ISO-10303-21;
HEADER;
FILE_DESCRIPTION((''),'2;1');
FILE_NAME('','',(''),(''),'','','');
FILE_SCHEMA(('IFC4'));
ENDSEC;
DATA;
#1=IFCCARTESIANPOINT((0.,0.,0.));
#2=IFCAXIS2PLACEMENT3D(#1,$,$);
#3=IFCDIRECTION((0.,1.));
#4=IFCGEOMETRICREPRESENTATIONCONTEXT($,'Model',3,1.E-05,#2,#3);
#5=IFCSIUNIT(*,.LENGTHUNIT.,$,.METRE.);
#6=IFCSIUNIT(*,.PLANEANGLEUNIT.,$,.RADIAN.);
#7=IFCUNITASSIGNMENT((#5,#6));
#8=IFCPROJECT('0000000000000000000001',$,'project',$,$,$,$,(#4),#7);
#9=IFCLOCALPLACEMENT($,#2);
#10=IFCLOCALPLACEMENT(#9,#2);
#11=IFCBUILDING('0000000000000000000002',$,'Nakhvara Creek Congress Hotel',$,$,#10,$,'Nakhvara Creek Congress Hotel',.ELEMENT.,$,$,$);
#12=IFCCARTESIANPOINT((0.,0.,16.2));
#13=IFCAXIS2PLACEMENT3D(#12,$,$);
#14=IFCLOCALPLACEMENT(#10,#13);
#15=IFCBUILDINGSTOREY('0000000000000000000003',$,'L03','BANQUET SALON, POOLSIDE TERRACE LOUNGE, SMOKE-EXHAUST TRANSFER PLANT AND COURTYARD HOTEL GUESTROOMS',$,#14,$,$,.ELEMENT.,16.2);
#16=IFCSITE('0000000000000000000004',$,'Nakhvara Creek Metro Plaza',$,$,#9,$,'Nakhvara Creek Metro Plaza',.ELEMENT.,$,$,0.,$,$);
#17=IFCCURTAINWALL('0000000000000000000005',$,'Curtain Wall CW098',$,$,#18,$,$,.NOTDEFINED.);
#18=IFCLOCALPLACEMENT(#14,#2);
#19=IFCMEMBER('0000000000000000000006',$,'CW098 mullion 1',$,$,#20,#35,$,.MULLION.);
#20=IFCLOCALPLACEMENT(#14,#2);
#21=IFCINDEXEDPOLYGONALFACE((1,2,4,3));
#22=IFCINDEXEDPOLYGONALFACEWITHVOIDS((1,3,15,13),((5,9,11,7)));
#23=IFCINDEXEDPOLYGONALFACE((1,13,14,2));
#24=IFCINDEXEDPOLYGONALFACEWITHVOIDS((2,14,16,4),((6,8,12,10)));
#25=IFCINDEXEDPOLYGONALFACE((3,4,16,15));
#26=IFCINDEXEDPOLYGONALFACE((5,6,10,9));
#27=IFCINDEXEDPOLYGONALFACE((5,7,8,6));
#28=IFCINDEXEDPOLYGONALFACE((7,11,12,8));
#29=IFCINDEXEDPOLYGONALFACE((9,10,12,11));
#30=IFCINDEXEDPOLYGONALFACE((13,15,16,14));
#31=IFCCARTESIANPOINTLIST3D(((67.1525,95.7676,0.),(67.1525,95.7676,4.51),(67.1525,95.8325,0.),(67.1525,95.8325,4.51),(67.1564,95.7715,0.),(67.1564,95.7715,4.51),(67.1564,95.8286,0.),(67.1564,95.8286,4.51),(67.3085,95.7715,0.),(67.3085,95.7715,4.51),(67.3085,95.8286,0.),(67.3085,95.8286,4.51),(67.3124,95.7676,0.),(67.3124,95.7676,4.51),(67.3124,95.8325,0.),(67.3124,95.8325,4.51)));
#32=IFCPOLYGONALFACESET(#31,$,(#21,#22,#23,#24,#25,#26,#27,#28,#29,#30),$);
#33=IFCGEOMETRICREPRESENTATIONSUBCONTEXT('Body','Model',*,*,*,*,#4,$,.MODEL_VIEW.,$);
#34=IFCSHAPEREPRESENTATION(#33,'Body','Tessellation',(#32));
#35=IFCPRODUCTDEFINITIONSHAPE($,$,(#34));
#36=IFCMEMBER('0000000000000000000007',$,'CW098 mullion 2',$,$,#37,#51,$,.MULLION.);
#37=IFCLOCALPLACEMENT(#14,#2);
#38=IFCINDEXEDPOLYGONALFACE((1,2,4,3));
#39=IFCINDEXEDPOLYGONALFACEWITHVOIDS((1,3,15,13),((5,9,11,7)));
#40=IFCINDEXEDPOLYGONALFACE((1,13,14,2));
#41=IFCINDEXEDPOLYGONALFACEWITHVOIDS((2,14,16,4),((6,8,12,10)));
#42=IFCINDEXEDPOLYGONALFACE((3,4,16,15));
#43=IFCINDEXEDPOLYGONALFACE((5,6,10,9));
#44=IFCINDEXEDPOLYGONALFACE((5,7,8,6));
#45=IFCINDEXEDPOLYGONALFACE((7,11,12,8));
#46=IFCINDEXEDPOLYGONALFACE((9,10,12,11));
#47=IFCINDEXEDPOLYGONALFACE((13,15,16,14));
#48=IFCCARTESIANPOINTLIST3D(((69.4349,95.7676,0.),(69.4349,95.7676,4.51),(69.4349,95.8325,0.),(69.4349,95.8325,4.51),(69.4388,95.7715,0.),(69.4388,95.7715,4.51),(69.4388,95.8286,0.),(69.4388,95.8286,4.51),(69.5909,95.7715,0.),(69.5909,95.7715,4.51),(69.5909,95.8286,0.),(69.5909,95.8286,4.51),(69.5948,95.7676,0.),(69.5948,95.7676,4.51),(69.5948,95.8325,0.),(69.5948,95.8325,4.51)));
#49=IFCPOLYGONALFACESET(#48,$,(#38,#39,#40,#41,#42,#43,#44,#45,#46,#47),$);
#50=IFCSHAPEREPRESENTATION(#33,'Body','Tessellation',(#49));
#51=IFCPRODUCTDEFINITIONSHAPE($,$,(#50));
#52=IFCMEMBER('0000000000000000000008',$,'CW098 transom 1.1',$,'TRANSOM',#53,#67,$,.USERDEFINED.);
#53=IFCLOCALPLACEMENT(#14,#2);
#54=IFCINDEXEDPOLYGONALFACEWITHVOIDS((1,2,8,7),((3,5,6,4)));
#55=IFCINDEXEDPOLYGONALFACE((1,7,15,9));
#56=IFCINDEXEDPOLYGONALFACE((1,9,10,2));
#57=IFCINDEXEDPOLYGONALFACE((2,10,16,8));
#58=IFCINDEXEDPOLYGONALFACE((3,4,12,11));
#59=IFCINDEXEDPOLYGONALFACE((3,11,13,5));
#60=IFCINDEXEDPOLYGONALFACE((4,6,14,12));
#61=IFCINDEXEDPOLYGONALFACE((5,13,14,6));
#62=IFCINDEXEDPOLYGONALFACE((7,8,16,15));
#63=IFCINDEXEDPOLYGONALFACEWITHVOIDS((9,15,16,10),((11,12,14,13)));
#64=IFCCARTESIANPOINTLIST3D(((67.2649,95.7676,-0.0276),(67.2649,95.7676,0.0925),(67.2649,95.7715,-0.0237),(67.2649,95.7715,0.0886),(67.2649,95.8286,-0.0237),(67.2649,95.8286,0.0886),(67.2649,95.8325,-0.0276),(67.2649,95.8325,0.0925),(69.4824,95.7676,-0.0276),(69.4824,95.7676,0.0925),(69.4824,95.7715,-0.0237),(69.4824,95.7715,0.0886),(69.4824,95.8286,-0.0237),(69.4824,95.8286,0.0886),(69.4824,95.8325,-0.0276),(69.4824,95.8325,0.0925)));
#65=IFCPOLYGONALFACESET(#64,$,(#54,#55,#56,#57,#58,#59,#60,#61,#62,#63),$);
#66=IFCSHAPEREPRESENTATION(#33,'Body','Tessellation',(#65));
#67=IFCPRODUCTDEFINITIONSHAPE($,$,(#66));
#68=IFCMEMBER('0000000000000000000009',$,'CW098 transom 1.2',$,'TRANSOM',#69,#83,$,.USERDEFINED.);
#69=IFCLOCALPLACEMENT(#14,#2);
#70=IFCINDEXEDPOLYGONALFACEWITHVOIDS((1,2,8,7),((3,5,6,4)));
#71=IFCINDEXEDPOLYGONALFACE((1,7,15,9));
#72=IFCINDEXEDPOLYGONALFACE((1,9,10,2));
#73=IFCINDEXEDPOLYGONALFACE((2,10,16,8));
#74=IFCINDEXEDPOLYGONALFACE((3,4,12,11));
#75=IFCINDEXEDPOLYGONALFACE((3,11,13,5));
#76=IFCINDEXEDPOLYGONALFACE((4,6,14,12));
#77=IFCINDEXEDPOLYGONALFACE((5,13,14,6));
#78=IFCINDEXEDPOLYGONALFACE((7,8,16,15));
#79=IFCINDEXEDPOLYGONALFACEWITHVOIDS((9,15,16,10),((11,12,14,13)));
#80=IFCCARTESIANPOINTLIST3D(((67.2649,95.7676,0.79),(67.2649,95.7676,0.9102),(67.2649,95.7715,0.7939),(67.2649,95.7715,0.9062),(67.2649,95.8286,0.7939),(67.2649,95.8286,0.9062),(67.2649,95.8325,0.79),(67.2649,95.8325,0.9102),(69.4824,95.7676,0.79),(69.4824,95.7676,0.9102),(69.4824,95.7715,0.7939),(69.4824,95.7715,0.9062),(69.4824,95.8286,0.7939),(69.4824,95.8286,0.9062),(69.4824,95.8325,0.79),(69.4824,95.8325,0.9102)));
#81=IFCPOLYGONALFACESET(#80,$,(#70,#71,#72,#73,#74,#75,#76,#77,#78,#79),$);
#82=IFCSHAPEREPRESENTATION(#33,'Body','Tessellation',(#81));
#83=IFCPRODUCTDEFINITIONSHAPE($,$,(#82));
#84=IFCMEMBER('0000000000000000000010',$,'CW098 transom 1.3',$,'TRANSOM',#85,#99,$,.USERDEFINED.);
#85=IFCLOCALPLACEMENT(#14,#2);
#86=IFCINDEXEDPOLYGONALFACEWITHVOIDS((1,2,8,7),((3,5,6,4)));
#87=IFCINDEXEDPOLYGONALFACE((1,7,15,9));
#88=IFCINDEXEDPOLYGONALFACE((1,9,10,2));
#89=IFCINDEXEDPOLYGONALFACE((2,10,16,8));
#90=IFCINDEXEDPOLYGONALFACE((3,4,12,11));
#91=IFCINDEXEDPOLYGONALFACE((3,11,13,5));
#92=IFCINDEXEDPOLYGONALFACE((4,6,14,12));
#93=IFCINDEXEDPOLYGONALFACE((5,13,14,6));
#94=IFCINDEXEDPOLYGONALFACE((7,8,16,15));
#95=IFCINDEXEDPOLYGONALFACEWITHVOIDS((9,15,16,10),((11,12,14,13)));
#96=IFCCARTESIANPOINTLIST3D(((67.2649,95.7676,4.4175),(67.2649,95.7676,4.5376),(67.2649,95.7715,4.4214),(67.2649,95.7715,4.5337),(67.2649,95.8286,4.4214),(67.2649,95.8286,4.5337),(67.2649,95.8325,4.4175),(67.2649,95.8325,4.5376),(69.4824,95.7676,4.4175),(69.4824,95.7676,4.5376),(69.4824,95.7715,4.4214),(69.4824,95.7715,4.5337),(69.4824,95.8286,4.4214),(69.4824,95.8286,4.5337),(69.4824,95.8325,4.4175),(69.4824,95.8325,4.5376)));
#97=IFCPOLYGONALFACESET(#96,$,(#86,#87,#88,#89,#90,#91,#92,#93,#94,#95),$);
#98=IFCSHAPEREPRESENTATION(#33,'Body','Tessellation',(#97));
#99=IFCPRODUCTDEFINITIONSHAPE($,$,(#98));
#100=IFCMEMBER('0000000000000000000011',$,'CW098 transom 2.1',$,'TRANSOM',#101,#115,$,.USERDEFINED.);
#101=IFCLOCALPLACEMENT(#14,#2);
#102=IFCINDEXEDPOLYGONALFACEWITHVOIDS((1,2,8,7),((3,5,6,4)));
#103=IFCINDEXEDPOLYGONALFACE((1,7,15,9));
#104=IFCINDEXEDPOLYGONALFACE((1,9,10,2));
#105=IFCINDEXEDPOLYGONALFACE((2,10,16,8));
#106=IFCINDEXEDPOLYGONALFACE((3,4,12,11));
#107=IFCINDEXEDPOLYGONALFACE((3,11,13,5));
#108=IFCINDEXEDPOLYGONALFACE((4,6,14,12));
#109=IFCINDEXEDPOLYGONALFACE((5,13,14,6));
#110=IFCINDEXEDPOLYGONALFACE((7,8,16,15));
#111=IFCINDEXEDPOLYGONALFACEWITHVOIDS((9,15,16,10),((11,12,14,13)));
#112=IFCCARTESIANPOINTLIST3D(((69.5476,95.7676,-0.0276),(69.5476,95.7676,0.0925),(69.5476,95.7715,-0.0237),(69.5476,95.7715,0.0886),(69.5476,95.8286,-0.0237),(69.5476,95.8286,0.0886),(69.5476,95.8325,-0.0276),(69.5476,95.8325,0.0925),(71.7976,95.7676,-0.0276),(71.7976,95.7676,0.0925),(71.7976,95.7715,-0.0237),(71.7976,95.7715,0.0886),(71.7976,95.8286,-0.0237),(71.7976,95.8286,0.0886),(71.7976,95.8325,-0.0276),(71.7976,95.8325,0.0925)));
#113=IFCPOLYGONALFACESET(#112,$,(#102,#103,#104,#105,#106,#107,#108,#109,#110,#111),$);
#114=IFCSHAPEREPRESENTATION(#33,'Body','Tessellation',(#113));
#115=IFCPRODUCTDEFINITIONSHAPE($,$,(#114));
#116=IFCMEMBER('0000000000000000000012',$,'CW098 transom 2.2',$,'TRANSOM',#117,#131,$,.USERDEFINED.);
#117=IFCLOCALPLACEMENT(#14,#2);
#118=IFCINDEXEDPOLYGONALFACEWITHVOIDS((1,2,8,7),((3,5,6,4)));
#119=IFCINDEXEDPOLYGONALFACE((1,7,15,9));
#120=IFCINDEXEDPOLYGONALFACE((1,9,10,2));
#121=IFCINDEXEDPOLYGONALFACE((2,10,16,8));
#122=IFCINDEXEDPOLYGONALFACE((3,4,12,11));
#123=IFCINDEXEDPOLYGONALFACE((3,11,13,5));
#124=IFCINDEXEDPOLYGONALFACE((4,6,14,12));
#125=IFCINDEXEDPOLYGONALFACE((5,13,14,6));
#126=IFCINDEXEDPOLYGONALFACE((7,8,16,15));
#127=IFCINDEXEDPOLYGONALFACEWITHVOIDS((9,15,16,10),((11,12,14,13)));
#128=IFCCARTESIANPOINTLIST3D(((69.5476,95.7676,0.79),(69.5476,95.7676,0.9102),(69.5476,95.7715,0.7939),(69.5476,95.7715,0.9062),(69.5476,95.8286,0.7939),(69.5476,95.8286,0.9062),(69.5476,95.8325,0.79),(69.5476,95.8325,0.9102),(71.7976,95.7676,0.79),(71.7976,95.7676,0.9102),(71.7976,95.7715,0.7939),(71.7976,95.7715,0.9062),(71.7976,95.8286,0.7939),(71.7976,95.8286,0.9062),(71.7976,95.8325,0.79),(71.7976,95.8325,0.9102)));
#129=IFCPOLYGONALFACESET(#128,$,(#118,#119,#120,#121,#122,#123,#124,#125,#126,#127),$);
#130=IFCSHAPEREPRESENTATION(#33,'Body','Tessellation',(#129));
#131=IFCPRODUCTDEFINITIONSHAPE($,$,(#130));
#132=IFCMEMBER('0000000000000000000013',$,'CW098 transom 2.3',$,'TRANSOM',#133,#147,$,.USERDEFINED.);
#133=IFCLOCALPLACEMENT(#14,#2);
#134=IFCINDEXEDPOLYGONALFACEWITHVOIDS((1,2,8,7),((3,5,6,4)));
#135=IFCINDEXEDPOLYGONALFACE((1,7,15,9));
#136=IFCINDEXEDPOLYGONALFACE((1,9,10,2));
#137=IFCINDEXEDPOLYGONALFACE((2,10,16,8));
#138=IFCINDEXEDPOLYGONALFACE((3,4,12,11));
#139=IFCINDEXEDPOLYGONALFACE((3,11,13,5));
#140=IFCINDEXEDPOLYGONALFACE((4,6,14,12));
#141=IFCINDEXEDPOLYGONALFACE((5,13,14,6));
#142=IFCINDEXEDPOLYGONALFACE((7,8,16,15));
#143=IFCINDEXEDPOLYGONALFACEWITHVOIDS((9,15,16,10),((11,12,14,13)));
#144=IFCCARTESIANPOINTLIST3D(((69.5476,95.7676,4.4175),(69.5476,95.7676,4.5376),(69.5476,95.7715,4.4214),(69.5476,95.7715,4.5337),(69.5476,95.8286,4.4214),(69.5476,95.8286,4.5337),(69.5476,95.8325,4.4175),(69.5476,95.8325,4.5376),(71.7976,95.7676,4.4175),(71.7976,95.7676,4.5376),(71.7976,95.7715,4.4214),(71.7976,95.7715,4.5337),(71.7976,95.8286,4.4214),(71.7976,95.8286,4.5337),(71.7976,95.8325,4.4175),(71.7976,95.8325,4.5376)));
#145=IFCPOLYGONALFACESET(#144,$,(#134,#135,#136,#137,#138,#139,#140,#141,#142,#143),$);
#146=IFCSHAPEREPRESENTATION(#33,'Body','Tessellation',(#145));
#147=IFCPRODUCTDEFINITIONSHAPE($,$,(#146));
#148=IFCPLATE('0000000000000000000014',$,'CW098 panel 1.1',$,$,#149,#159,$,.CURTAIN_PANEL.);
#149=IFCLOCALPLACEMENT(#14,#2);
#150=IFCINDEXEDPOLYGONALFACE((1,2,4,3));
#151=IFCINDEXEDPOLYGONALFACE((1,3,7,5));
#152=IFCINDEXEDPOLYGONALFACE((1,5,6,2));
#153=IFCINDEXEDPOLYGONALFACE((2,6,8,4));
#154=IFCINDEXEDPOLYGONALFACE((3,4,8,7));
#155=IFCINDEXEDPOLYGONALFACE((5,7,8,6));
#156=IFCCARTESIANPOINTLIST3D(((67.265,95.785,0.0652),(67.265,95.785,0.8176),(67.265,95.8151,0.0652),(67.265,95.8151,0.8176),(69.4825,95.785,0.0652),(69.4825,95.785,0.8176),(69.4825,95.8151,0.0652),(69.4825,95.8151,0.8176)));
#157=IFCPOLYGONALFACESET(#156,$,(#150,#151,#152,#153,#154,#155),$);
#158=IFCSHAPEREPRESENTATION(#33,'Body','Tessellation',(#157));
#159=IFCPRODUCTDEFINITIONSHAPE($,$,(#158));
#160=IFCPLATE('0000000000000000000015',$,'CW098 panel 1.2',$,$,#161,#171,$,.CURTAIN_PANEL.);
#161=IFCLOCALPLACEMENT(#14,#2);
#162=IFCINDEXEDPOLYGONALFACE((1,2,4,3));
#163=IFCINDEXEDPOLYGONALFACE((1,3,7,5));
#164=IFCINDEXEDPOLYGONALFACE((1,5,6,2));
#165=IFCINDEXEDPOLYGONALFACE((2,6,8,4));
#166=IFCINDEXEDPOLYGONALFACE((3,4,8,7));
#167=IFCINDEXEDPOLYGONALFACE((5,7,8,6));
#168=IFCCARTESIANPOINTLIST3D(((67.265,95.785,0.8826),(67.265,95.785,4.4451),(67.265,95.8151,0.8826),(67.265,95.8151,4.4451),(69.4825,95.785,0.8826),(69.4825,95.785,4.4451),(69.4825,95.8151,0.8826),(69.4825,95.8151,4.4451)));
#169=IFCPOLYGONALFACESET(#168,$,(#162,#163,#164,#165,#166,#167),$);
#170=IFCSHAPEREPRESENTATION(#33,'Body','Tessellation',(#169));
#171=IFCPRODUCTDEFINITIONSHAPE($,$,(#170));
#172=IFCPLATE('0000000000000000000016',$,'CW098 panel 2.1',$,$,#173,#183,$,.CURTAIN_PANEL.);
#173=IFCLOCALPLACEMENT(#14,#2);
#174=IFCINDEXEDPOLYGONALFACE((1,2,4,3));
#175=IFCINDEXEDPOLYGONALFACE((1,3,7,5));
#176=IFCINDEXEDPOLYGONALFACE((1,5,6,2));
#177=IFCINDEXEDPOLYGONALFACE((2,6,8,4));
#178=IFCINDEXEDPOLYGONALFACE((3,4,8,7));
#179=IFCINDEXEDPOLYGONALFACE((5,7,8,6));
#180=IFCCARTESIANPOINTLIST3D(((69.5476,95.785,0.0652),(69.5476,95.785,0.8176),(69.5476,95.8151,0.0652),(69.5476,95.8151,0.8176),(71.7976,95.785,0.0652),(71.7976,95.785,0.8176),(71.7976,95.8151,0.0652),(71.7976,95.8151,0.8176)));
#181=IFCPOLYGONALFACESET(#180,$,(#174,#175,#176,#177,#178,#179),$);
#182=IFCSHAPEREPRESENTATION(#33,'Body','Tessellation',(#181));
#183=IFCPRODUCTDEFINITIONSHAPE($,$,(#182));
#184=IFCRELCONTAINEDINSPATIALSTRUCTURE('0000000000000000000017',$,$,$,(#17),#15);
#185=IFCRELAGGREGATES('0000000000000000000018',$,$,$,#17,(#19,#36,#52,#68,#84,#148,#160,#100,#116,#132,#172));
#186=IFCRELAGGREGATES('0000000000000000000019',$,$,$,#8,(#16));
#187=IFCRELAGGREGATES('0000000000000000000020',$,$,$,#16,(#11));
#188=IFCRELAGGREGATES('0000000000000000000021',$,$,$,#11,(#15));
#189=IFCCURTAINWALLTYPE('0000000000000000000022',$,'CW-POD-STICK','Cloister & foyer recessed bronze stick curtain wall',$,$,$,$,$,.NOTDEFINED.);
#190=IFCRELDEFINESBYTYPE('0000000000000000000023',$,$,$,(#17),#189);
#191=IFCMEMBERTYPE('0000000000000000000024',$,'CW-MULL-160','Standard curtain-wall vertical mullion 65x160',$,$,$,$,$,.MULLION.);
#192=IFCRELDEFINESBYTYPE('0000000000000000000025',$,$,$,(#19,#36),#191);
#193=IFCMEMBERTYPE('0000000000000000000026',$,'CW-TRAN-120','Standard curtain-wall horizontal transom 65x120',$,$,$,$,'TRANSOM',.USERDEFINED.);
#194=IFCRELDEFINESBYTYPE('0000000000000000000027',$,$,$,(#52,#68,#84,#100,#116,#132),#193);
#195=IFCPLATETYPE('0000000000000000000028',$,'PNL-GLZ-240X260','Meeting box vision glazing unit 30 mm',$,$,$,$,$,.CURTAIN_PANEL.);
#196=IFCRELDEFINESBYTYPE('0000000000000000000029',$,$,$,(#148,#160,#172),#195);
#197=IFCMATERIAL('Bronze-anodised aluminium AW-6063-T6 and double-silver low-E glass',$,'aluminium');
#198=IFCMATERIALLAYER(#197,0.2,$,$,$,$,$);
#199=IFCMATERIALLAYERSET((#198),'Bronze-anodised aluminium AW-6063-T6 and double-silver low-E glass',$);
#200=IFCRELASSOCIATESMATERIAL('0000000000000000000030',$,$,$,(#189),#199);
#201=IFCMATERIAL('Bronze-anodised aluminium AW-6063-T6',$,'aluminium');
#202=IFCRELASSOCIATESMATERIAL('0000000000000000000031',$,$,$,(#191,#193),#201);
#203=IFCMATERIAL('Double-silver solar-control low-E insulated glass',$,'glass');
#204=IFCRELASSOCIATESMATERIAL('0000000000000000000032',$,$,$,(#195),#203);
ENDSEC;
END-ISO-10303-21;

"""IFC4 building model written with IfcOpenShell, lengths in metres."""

from ifc_helpers import new_model, si_unit, direction, frame, origin, origin_2d, place, context, subcontext, project, spatial, rectangle, hollow_rectangle, extrude, material, layer, layer_set, material_profile, profile_set, type_object, element, aggregate, save


model = new_model("IFC4")

# Units and contexts
model_context = context("Model", 3, precision=1e-05, world=origin(), true_north=direction((0.0, 1.0)))
body_context = subcontext(model_context, "Body", "Model", "MODEL_VIEW")
ifc_project = project(units=[si_unit("LENGTHUNIT", "METRE"), si_unit("PLANEANGLEUNIT", "RADIAN")], contexts=[model_context])

# Site, building, storey
site_placement = place(None, origin())
site = spatial("IfcSite", under=ifc_project, at=site_placement, Name="Nakhvara Creek Metro Plaza", LongName="Nakhvara Creek Metro Plaza", CompositionType="ELEMENT", RefElevation=0.0)
building_placement = place(site_placement, origin())
building = spatial("IfcBuilding", under=site, at=building_placement, Name="Nakhvara Creek Congress Hotel", LongName="Nakhvara Creek Congress Hotel", CompositionType="ELEMENT")
storey_placement = place(building_placement, frame((0.0, 0.0, 16.2)))
storey = spatial("IfcBuildingStorey", under=building, at=storey_placement, Name="L03", Description="BANQUET SALON, POOLSIDE TERRACE LOUNGE, SMOKE-EXHAUST TRANSFER PLANT AND COURTYARD HOTEL GUESTROOMS", CompositionType="ELEMENT", Elevation=16.2)

# Curtain wall, members, plates
ifc_material_1 = material(Name="Bronze-anodised aluminium AW-6063-T6 and double-silver low-E glass", Category="aluminium")
ifc_layer_1 = layer(ifc_material_1, 0.2)
ifc_layer_set_1 = layer_set([ifc_layer_1], Name="Bronze-anodised aluminium AW-6063-T6 and double-silver low-E glass")
curtain_wall_type = type_object("IfcCurtainWallType", Name="CW-POD-STICK", Description="Cloister & foyer recessed bronze stick curtain wall", PredefinedType="NOTDEFINED", material=ifc_layer_set_1)
curtain_wall_placement = place(storey_placement, origin())
curtain_wall = element("IfcCurtainWall", 1, at=curtain_wall_placement, inside=storey, type_object=curtain_wall_type, Name="Curtain Wall CW098", PredefinedType="NOTDEFINED")
ifc_material_2 = material(Name="Bronze-anodised aluminium AW-6063-T6", Category="aluminium")
ifc_material_profile_1 = material_profile(ifc_material_2, hollow_rectangle(XDim=0.0649, YDim=0.1599, WallThickness=0.0039, at=origin_2d()), Name="ALU-MULL 65x160x4", Category="LoadBearing")
ifc_profile_set_1 = profile_set([ifc_material_profile_1], Name="Bronze-anodised aluminium AW-6063-T6")
member_type_1 = type_object("IfcMemberType", Name="CW-MULL-160", Description="Standard curtain-wall vertical mullion 65x160", PredefinedType="MULLION", material=ifc_profile_set_1)
member_1_placement = place(storey_placement, frame((67.2324, 95.8, 0.0), z_axis=(0.0, 0.0, 1.0), x_axis=(0.0, 1.0, 0.0)))
member_1 = element("IfcMember", 2, at=member_1_placement, type_object=member_type_1, Name="CW098 mullion 1", PredefinedType="MULLION", context=body_context, shape_type="SweptSolid", body=[
    extrude(hollow_rectangle(XDim=0.0649, YDim=0.1599, WallThickness=0.0039, at=origin_2d()), origin(), (0.0, 0.0, 1.0), 4.51),
])
member_2_placement = place(storey_placement, frame((69.5149, 95.8, 0.0), z_axis=(0.0, 0.0, 1.0), x_axis=(0.0, 1.0, 0.0)))
member_2 = element("IfcMember", 3, at=member_2_placement, type_object=member_type_1, Name="CW098 mullion 2", PredefinedType="MULLION", context=body_context, shape_type="SweptSolid", body=[
    extrude(hollow_rectangle(XDim=0.0649, YDim=0.1599, WallThickness=0.0039, at=origin_2d()), origin(), (0.0, 0.0, 1.0), 4.51),
])
ifc_material_profile_2 = material_profile(ifc_material_2, hollow_rectangle(XDim=0.0649, YDim=0.1201, WallThickness=0.0039, at=origin_2d()), Name="ALU-TRAN 65x120x4", Category="LoadBearing")
ifc_profile_set_2 = profile_set([ifc_material_profile_2], Name="Bronze-anodised aluminium AW-6063-T6")
member_type_2 = type_object("IfcMemberType", Name="CW-TRAN-120", Description="Standard curtain-wall horizontal transom 65x120", ElementType="TRANSOM", PredefinedType="USERDEFINED", material=ifc_profile_set_2)
member_3_placement = place(storey_placement, frame((67.2649, 95.8, 0.0325), z_axis=(1.0, 0.0, 0.0), x_axis=(0.0, 1.0, 0.0)))
member_3 = element("IfcMember", 4, at=member_3_placement, type_object=member_type_2, Name="CW098 transom 1.1", ObjectType="TRANSOM", PredefinedType="USERDEFINED", context=body_context, shape_type="SweptSolid", body=[
    extrude(hollow_rectangle(XDim=0.0649, YDim=0.1201, WallThickness=0.0039, at=origin_2d()), origin(), (0.0, 0.0, 1.0), 2.2175),
])
member_4_placement = place(storey_placement, frame((67.2649, 95.8, 0.8501), z_axis=(1.0, 0.0, 0.0), x_axis=(0.0, 1.0, 0.0)))
member_4 = element("IfcMember", 5, at=member_4_placement, type_object=member_type_2, Name="CW098 transom 1.2", ObjectType="TRANSOM", PredefinedType="USERDEFINED", context=body_context, shape_type="SweptSolid", body=[
    extrude(hollow_rectangle(XDim=0.0649, YDim=0.1201, WallThickness=0.0039, at=origin_2d()), origin(), (0.0, 0.0, 1.0), 2.2175),
])
member_5_placement = place(storey_placement, frame((67.2649, 95.8, 4.4775), z_axis=(1.0, 0.0, 0.0), x_axis=(0.0, 1.0, 0.0)))
member_5 = element("IfcMember", 6, at=member_5_placement, type_object=member_type_2, Name="CW098 transom 1.3", ObjectType="TRANSOM", PredefinedType="USERDEFINED", context=body_context, shape_type="SweptSolid", body=[
    extrude(hollow_rectangle(XDim=0.0649, YDim=0.1201, WallThickness=0.0039, at=origin_2d()), origin(), (0.0, 0.0, 1.0), 2.2175),
])
member_6_placement = place(storey_placement, frame((69.5476, 95.8, 0.0325), z_axis=(1.0, 0.0, 0.0), x_axis=(0.0, 1.0, 0.0)))
member_6 = element("IfcMember", 7, at=member_6_placement, type_object=member_type_2, Name="CW098 transom 2.1", ObjectType="TRANSOM", PredefinedType="USERDEFINED", context=body_context, shape_type="SweptSolid", body=[
    extrude(hollow_rectangle(XDim=0.0649, YDim=0.1201, WallThickness=0.0039, at=origin_2d()), origin(), (0.0, 0.0, 1.0), 2.25),
])
member_7_placement = place(storey_placement, frame((69.5476, 95.8, 0.8501), z_axis=(1.0, 0.0, 0.0), x_axis=(0.0, 1.0, 0.0)))
member_7 = element("IfcMember", 8, at=member_7_placement, type_object=member_type_2, Name="CW098 transom 2.2", ObjectType="TRANSOM", PredefinedType="USERDEFINED", context=body_context, shape_type="SweptSolid", body=[
    extrude(hollow_rectangle(XDim=0.0649, YDim=0.1201, WallThickness=0.0039, at=origin_2d()), origin(), (0.0, 0.0, 1.0), 2.25),
])
member_8_placement = place(storey_placement, frame((69.5476, 95.8, 4.4775), z_axis=(1.0, 0.0, 0.0), x_axis=(0.0, 1.0, 0.0)))
member_8 = element("IfcMember", 9, at=member_8_placement, type_object=member_type_2, Name="CW098 transom 2.3", ObjectType="TRANSOM", PredefinedType="USERDEFINED", context=body_context, shape_type="SweptSolid", body=[
    extrude(hollow_rectangle(XDim=0.0649, YDim=0.1201, WallThickness=0.0039, at=origin_2d()), origin(), (0.0, 0.0, 1.0), 2.25),
])
ifc_material_3 = material(Name="Double-silver solar-control low-E insulated glass", Category="glass")
plate_type = type_object("IfcPlateType", Name="PNL-GLZ-240X260", Description="Meeting box vision glazing unit 30 mm", PredefinedType="CURTAIN_PANEL", material=ifc_material_3)
plate_1_placement = place(storey_placement, frame((68.3738, 95.8, 0.0652), z_axis=(0.0, 0.0, 1.0), x_axis=(1.0, 0.0, 0.0)))
plate_1 = element("IfcPlate", 10, at=plate_1_placement, type_object=plate_type, Name="CW098 panel 1.1", PredefinedType="CURTAIN_PANEL", context=body_context, shape_type="SweptSolid", body=[
    extrude(rectangle(XDim=2.2175, YDim=0.03, at=origin_2d()), origin(), (0.0, 0.0, 1.0), 0.7524),
])
plate_2_placement = place(storey_placement, frame((68.3738, 95.8, 0.8826), z_axis=(0.0, 0.0, 1.0), x_axis=(1.0, 0.0, 0.0)))
plate_2 = element("IfcPlate", 11, at=plate_2_placement, type_object=plate_type, Name="CW098 panel 1.2", PredefinedType="CURTAIN_PANEL", context=body_context, shape_type="SweptSolid", body=[
    extrude(rectangle(XDim=2.2175, YDim=0.03, at=origin_2d()), origin(), (0.0, 0.0, 1.0), 3.5625),
])
plate_3_placement = place(storey_placement, frame((70.6726, 95.8, 0.0652), z_axis=(0.0, 0.0, 1.0), x_axis=(1.0, 0.0, 0.0)))
plate_3 = element("IfcPlate", 12, at=plate_3_placement, type_object=plate_type, Name="CW098 panel 2.1", PredefinedType="CURTAIN_PANEL", context=body_context, shape_type="SweptSolid", body=[
    extrude(rectangle(XDim=2.25, YDim=0.03, at=origin_2d()), origin(), (0.0, 0.0, 1.0), 0.7524),
])
aggregate(curtain_wall, [member_1, member_2, member_3, member_4, member_5, plate_1, plate_2, member_6, member_7, member_8, plate_3])

save(model, "model.ifc")
